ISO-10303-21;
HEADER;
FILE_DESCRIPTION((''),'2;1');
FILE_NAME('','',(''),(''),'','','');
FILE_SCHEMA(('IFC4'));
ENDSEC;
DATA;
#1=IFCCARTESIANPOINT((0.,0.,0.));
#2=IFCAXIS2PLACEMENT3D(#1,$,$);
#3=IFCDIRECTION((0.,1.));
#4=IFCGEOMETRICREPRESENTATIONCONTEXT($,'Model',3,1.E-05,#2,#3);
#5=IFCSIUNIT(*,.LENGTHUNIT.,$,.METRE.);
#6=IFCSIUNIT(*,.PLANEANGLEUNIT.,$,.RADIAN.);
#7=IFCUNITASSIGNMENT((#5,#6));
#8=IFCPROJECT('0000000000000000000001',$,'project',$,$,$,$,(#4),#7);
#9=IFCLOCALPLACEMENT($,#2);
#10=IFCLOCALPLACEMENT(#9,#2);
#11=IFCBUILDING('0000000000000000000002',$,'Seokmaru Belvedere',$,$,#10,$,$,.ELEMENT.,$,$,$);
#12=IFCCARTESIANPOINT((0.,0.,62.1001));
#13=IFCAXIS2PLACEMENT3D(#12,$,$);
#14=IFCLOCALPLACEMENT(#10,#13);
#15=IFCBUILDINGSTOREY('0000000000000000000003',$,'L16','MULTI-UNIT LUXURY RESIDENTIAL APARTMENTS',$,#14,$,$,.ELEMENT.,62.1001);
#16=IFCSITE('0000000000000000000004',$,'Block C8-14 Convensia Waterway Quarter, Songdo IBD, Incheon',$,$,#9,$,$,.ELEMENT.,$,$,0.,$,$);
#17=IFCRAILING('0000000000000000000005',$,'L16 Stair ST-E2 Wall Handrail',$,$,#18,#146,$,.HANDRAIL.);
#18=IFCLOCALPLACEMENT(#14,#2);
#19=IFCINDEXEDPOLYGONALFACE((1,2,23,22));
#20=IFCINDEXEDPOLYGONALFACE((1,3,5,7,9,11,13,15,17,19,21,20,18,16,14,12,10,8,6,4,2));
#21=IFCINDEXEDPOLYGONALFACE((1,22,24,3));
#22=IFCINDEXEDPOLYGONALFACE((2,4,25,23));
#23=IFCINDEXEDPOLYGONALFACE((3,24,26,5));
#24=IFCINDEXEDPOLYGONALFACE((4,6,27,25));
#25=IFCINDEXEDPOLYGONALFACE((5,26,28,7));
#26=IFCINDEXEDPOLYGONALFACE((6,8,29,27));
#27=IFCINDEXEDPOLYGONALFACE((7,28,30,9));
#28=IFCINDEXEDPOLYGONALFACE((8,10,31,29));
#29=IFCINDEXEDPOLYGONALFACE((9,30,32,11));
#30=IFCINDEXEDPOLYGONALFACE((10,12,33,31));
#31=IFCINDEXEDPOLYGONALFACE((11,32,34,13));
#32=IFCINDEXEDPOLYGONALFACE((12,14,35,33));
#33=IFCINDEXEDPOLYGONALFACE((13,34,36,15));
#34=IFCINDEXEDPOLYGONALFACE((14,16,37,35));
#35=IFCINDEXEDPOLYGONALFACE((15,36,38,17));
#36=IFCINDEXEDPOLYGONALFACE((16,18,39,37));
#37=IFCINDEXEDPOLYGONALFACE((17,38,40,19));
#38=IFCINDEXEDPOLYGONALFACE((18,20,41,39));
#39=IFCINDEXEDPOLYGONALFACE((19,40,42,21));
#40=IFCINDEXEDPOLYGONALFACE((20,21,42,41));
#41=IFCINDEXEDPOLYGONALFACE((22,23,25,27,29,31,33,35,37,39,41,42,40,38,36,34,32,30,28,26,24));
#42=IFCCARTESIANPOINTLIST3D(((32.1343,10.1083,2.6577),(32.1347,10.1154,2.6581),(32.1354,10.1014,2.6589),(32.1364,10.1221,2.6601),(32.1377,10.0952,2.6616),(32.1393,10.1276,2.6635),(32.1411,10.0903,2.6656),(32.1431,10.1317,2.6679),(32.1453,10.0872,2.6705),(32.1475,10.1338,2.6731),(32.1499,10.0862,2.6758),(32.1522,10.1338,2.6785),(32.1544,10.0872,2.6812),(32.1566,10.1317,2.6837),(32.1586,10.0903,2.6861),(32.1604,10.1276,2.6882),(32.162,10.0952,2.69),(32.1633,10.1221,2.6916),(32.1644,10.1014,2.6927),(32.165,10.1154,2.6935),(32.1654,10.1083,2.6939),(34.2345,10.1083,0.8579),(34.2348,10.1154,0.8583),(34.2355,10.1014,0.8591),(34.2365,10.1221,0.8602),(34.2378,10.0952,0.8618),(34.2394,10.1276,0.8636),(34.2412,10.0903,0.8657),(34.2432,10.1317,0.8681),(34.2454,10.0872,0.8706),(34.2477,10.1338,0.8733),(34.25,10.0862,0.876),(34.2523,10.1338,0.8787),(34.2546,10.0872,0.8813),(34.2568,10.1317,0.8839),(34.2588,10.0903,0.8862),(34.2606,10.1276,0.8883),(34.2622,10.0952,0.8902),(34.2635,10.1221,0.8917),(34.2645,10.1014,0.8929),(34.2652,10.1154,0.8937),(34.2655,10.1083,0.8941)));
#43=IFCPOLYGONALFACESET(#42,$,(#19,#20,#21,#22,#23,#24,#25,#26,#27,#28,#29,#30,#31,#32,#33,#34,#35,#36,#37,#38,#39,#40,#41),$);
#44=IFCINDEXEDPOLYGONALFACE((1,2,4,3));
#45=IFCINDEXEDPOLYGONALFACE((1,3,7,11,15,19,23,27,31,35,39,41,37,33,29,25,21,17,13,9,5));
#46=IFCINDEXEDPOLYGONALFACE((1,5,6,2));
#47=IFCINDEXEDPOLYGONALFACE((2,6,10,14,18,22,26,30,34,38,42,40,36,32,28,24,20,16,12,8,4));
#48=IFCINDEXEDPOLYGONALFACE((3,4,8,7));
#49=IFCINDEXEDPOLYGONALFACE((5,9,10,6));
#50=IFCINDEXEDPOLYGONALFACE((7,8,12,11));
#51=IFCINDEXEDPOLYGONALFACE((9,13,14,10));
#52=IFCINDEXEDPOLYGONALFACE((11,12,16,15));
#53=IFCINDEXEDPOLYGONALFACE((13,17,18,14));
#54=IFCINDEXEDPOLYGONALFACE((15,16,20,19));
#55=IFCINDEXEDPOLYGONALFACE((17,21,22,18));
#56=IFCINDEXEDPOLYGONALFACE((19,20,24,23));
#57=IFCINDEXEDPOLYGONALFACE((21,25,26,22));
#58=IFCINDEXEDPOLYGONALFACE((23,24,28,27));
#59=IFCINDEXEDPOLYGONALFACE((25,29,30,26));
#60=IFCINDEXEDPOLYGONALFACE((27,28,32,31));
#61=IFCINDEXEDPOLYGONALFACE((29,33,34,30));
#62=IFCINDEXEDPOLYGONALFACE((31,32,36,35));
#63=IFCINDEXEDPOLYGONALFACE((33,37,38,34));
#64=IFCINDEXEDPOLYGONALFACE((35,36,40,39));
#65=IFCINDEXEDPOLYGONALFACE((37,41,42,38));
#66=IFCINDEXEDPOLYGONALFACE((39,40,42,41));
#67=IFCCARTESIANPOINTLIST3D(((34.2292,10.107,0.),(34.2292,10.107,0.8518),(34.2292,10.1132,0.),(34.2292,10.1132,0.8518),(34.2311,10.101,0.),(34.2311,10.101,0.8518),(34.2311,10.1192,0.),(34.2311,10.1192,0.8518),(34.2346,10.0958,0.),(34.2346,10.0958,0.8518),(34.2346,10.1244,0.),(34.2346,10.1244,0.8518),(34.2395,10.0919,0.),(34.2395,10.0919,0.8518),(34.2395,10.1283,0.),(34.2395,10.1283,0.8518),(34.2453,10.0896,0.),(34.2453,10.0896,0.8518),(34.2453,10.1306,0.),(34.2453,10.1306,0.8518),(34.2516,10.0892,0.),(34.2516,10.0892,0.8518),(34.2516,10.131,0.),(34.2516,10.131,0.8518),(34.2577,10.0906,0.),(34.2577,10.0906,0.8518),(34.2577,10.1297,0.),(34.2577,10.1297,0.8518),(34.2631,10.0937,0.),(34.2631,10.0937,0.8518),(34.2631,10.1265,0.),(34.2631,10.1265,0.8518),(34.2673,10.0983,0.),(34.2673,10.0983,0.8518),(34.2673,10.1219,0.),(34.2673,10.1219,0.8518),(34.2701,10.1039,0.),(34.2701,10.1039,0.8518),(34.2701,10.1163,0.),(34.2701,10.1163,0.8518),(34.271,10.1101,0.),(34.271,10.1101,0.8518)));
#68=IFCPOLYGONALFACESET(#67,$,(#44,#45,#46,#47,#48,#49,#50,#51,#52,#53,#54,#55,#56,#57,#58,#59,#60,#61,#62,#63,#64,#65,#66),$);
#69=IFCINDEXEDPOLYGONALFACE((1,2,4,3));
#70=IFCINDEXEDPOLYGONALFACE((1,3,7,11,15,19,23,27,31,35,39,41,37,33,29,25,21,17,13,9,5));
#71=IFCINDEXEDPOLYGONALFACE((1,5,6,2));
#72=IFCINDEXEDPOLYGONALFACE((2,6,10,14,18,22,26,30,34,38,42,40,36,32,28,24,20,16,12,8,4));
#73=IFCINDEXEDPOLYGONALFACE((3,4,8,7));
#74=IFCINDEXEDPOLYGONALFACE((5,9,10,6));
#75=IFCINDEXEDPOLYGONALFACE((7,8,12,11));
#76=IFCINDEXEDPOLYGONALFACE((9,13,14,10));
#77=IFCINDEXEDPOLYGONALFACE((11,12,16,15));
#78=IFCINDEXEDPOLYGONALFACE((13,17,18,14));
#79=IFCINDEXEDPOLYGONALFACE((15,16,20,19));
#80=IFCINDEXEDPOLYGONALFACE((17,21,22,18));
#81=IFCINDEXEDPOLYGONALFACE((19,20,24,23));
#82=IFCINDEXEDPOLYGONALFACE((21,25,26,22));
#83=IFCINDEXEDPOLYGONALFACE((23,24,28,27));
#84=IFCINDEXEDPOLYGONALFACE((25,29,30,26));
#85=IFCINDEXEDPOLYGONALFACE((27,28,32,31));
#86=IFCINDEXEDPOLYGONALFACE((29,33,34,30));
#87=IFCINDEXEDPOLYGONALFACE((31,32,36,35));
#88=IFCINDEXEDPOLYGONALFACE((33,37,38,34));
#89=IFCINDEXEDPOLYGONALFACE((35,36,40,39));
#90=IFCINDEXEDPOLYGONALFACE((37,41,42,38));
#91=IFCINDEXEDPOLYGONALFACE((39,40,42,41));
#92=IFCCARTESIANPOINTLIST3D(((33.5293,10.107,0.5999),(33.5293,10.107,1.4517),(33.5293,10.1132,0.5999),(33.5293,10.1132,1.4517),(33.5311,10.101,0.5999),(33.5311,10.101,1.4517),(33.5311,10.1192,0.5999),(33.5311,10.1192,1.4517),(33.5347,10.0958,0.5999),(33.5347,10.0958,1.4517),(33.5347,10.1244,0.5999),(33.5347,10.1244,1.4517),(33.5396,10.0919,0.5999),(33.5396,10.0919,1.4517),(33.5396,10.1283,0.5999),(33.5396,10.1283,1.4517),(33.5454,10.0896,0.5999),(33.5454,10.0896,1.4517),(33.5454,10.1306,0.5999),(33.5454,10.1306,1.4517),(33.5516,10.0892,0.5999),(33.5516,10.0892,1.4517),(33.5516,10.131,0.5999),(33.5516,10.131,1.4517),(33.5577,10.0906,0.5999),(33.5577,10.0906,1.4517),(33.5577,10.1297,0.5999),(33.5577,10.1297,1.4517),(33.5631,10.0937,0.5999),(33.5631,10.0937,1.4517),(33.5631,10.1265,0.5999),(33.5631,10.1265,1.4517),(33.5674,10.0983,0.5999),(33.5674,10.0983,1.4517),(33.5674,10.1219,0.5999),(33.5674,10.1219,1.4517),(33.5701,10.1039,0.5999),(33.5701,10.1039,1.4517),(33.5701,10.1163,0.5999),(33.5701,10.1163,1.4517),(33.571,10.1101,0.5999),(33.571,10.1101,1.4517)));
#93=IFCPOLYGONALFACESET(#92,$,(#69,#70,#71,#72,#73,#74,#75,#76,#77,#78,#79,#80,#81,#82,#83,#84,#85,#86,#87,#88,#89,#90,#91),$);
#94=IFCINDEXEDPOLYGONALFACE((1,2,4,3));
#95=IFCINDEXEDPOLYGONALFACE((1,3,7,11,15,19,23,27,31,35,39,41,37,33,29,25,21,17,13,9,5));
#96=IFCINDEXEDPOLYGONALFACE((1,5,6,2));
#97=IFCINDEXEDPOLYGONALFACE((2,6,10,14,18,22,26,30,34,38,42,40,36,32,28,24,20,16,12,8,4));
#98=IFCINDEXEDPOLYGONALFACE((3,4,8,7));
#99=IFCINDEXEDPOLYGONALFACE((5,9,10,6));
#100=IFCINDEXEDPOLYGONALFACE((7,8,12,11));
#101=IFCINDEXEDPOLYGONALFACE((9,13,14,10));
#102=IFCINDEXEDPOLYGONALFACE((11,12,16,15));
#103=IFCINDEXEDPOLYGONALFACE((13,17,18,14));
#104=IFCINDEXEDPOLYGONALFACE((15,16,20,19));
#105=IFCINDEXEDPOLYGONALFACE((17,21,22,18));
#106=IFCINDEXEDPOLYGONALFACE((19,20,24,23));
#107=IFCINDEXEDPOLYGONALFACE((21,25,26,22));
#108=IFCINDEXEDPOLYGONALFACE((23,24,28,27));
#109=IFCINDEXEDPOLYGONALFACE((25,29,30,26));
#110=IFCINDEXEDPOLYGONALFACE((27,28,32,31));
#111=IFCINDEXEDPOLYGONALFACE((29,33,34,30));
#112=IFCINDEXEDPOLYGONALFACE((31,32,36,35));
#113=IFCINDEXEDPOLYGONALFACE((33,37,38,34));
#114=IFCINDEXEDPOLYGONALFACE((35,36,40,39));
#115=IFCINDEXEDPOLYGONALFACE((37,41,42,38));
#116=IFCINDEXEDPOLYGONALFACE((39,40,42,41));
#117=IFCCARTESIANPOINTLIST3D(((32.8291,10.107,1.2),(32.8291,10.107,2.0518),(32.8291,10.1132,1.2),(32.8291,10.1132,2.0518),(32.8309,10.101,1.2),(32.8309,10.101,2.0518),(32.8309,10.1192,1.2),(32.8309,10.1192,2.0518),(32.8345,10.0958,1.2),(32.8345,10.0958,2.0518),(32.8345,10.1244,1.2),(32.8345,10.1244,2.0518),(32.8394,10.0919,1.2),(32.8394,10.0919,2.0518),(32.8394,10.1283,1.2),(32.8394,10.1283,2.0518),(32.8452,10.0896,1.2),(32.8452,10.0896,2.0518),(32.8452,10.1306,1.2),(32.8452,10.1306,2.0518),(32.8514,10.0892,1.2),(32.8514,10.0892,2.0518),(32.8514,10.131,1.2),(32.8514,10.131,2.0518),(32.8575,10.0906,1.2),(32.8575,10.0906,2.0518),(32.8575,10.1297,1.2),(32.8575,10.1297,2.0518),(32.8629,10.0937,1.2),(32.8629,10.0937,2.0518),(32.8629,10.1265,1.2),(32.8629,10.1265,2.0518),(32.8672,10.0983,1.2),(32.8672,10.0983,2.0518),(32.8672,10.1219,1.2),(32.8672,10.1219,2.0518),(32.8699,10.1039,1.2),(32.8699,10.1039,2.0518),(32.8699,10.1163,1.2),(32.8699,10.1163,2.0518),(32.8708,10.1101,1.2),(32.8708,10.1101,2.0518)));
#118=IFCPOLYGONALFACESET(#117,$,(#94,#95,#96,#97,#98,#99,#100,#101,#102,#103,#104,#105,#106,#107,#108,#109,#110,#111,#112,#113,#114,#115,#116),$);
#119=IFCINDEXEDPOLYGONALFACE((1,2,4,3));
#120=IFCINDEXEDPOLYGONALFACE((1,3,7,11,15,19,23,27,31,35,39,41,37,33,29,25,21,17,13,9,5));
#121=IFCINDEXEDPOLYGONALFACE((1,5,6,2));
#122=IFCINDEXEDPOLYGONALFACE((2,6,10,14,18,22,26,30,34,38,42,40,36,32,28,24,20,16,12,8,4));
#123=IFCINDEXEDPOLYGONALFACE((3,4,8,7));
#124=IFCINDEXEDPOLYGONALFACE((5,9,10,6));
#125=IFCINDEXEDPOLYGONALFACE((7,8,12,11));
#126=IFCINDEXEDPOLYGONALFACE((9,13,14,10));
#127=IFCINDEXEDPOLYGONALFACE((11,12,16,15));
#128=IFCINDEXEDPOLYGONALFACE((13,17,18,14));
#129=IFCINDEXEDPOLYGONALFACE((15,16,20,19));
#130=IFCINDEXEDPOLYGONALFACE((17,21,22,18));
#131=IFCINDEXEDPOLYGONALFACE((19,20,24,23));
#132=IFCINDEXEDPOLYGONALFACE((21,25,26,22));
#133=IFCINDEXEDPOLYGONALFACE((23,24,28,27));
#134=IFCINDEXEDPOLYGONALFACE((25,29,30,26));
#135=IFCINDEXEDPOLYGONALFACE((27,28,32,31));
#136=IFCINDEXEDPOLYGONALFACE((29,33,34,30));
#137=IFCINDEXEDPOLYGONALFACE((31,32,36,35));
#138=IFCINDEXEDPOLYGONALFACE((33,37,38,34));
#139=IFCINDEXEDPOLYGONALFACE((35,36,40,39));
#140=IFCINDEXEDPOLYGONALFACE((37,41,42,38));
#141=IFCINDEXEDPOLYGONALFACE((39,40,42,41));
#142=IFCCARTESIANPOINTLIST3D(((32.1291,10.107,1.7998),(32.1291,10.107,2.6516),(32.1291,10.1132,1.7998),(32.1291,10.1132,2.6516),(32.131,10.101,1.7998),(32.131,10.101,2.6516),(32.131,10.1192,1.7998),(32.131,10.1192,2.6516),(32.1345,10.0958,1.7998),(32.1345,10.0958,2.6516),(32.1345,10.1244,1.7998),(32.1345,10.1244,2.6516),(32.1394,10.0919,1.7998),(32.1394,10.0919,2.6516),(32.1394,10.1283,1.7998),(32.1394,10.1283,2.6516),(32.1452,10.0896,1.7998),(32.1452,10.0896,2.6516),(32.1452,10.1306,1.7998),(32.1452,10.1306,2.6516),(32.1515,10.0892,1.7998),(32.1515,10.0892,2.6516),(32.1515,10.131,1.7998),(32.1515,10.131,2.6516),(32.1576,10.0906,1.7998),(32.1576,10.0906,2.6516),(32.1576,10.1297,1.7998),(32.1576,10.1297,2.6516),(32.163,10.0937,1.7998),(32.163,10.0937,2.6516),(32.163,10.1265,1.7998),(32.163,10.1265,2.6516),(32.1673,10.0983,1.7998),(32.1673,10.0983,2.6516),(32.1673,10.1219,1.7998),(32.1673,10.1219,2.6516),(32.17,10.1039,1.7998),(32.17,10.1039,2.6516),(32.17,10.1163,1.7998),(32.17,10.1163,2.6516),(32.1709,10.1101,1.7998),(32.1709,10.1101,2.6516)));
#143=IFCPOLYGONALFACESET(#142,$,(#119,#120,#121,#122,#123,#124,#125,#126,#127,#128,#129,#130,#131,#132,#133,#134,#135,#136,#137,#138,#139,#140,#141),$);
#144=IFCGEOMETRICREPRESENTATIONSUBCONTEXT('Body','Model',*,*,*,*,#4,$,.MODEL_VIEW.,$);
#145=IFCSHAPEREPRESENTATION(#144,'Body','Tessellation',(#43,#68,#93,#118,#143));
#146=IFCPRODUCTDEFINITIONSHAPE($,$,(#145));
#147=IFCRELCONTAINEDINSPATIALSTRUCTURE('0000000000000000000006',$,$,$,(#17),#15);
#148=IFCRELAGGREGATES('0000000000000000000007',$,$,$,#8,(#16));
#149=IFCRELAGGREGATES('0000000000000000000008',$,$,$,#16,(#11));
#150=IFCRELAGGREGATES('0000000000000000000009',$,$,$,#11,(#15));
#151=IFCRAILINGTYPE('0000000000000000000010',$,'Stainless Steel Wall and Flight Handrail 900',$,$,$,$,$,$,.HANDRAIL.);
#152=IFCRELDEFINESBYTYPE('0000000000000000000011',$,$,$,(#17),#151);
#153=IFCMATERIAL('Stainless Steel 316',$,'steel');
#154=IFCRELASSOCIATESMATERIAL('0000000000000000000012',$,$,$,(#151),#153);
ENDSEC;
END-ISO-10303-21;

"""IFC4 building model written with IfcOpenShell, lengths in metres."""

from ifc_helpers import new_model, si_unit, direction, frame, origin, origin_2d, place, context, subcontext, project, spatial, circle, extrude, material, type_object, element, save


model = new_model("IFC4")

# Units and contexts
model_context = context("Model", 3, precision=1e-05, world=origin(), true_north=direction((0.0, 1.0)))
body_context = subcontext(model_context, "Body", "Model", "MODEL_VIEW")
ifc_project = project(units=[si_unit("LENGTHUNIT", "METRE"), si_unit("PLANEANGLEUNIT", "RADIAN")], contexts=[model_context])

# Site, building, storey
site_placement = place(None, origin())
site = spatial("IfcSite", under=ifc_project, at=site_placement, Name="Block C8-14 Convensia Waterway Quarter, Songdo IBD, Incheon", CompositionType="ELEMENT", RefElevation=0.0)
building_placement = place(site_placement, origin())
building = spatial("IfcBuilding", under=site, at=building_placement, Name="Seokmaru Belvedere", CompositionType="ELEMENT")
storey_placement = place(building_placement, frame((0.0, 0.0, 62.1001)))
storey = spatial("IfcBuildingStorey", under=building, at=storey_placement, Name="L16", Description="MULTI-UNIT LUXURY RESIDENTIAL APARTMENTS", CompositionType="ELEMENT", Elevation=62.1001)

# Railing
ifc_material_1 = material(Name="Stainless Steel 316", Category="steel")
railing_type_1 = type_object("IfcRailingType", Name="Stainless Steel Wall and Flight Handrail 900", PredefinedType="HANDRAIL", material=ifc_material_1)
railing_1_placement = place(storey_placement, frame((34.25, 10.1101, 0.0)))
element("IfcRailing", 1, at=railing_1_placement, inside=storey, type_object=railing_type_1, Name="L16 Stair ST-E2 Wall Handrail", PredefinedType="HANDRAIL", context=body_context, shape_type="SweptSolid", body=[
    extrude(circle(Radius=0.0239, at=origin_2d()), frame((0.0, 0.0, 0.876), z_axis=(-0.759306, 0.0, 0.650733), x_axis=(0.0, -1.0, 0.0)), (0.0, 0.0, 1.0), 2.7659),
    extrude(circle(Radius=0.021, at=origin_2d()), origin(), (0.0, 0.0, 1.0), 0.8518),
    extrude(circle(Radius=0.021, at=origin_2d()), frame((-0.7, 0.0, 0.5999)), (0.0, 0.0, 1.0), 0.8518),
    extrude(circle(Radius=0.021, at=origin_2d()), frame((-1.4001, 0.0, 1.2)), (0.0, 0.0, 1.0), 0.8518),
    extrude(circle(Radius=0.021, at=origin_2d()), frame((-2.1001, 0.0, 1.7998)), (0.0, 0.0, 1.0), 0.8518),
])

save(model, "model.ifc")
